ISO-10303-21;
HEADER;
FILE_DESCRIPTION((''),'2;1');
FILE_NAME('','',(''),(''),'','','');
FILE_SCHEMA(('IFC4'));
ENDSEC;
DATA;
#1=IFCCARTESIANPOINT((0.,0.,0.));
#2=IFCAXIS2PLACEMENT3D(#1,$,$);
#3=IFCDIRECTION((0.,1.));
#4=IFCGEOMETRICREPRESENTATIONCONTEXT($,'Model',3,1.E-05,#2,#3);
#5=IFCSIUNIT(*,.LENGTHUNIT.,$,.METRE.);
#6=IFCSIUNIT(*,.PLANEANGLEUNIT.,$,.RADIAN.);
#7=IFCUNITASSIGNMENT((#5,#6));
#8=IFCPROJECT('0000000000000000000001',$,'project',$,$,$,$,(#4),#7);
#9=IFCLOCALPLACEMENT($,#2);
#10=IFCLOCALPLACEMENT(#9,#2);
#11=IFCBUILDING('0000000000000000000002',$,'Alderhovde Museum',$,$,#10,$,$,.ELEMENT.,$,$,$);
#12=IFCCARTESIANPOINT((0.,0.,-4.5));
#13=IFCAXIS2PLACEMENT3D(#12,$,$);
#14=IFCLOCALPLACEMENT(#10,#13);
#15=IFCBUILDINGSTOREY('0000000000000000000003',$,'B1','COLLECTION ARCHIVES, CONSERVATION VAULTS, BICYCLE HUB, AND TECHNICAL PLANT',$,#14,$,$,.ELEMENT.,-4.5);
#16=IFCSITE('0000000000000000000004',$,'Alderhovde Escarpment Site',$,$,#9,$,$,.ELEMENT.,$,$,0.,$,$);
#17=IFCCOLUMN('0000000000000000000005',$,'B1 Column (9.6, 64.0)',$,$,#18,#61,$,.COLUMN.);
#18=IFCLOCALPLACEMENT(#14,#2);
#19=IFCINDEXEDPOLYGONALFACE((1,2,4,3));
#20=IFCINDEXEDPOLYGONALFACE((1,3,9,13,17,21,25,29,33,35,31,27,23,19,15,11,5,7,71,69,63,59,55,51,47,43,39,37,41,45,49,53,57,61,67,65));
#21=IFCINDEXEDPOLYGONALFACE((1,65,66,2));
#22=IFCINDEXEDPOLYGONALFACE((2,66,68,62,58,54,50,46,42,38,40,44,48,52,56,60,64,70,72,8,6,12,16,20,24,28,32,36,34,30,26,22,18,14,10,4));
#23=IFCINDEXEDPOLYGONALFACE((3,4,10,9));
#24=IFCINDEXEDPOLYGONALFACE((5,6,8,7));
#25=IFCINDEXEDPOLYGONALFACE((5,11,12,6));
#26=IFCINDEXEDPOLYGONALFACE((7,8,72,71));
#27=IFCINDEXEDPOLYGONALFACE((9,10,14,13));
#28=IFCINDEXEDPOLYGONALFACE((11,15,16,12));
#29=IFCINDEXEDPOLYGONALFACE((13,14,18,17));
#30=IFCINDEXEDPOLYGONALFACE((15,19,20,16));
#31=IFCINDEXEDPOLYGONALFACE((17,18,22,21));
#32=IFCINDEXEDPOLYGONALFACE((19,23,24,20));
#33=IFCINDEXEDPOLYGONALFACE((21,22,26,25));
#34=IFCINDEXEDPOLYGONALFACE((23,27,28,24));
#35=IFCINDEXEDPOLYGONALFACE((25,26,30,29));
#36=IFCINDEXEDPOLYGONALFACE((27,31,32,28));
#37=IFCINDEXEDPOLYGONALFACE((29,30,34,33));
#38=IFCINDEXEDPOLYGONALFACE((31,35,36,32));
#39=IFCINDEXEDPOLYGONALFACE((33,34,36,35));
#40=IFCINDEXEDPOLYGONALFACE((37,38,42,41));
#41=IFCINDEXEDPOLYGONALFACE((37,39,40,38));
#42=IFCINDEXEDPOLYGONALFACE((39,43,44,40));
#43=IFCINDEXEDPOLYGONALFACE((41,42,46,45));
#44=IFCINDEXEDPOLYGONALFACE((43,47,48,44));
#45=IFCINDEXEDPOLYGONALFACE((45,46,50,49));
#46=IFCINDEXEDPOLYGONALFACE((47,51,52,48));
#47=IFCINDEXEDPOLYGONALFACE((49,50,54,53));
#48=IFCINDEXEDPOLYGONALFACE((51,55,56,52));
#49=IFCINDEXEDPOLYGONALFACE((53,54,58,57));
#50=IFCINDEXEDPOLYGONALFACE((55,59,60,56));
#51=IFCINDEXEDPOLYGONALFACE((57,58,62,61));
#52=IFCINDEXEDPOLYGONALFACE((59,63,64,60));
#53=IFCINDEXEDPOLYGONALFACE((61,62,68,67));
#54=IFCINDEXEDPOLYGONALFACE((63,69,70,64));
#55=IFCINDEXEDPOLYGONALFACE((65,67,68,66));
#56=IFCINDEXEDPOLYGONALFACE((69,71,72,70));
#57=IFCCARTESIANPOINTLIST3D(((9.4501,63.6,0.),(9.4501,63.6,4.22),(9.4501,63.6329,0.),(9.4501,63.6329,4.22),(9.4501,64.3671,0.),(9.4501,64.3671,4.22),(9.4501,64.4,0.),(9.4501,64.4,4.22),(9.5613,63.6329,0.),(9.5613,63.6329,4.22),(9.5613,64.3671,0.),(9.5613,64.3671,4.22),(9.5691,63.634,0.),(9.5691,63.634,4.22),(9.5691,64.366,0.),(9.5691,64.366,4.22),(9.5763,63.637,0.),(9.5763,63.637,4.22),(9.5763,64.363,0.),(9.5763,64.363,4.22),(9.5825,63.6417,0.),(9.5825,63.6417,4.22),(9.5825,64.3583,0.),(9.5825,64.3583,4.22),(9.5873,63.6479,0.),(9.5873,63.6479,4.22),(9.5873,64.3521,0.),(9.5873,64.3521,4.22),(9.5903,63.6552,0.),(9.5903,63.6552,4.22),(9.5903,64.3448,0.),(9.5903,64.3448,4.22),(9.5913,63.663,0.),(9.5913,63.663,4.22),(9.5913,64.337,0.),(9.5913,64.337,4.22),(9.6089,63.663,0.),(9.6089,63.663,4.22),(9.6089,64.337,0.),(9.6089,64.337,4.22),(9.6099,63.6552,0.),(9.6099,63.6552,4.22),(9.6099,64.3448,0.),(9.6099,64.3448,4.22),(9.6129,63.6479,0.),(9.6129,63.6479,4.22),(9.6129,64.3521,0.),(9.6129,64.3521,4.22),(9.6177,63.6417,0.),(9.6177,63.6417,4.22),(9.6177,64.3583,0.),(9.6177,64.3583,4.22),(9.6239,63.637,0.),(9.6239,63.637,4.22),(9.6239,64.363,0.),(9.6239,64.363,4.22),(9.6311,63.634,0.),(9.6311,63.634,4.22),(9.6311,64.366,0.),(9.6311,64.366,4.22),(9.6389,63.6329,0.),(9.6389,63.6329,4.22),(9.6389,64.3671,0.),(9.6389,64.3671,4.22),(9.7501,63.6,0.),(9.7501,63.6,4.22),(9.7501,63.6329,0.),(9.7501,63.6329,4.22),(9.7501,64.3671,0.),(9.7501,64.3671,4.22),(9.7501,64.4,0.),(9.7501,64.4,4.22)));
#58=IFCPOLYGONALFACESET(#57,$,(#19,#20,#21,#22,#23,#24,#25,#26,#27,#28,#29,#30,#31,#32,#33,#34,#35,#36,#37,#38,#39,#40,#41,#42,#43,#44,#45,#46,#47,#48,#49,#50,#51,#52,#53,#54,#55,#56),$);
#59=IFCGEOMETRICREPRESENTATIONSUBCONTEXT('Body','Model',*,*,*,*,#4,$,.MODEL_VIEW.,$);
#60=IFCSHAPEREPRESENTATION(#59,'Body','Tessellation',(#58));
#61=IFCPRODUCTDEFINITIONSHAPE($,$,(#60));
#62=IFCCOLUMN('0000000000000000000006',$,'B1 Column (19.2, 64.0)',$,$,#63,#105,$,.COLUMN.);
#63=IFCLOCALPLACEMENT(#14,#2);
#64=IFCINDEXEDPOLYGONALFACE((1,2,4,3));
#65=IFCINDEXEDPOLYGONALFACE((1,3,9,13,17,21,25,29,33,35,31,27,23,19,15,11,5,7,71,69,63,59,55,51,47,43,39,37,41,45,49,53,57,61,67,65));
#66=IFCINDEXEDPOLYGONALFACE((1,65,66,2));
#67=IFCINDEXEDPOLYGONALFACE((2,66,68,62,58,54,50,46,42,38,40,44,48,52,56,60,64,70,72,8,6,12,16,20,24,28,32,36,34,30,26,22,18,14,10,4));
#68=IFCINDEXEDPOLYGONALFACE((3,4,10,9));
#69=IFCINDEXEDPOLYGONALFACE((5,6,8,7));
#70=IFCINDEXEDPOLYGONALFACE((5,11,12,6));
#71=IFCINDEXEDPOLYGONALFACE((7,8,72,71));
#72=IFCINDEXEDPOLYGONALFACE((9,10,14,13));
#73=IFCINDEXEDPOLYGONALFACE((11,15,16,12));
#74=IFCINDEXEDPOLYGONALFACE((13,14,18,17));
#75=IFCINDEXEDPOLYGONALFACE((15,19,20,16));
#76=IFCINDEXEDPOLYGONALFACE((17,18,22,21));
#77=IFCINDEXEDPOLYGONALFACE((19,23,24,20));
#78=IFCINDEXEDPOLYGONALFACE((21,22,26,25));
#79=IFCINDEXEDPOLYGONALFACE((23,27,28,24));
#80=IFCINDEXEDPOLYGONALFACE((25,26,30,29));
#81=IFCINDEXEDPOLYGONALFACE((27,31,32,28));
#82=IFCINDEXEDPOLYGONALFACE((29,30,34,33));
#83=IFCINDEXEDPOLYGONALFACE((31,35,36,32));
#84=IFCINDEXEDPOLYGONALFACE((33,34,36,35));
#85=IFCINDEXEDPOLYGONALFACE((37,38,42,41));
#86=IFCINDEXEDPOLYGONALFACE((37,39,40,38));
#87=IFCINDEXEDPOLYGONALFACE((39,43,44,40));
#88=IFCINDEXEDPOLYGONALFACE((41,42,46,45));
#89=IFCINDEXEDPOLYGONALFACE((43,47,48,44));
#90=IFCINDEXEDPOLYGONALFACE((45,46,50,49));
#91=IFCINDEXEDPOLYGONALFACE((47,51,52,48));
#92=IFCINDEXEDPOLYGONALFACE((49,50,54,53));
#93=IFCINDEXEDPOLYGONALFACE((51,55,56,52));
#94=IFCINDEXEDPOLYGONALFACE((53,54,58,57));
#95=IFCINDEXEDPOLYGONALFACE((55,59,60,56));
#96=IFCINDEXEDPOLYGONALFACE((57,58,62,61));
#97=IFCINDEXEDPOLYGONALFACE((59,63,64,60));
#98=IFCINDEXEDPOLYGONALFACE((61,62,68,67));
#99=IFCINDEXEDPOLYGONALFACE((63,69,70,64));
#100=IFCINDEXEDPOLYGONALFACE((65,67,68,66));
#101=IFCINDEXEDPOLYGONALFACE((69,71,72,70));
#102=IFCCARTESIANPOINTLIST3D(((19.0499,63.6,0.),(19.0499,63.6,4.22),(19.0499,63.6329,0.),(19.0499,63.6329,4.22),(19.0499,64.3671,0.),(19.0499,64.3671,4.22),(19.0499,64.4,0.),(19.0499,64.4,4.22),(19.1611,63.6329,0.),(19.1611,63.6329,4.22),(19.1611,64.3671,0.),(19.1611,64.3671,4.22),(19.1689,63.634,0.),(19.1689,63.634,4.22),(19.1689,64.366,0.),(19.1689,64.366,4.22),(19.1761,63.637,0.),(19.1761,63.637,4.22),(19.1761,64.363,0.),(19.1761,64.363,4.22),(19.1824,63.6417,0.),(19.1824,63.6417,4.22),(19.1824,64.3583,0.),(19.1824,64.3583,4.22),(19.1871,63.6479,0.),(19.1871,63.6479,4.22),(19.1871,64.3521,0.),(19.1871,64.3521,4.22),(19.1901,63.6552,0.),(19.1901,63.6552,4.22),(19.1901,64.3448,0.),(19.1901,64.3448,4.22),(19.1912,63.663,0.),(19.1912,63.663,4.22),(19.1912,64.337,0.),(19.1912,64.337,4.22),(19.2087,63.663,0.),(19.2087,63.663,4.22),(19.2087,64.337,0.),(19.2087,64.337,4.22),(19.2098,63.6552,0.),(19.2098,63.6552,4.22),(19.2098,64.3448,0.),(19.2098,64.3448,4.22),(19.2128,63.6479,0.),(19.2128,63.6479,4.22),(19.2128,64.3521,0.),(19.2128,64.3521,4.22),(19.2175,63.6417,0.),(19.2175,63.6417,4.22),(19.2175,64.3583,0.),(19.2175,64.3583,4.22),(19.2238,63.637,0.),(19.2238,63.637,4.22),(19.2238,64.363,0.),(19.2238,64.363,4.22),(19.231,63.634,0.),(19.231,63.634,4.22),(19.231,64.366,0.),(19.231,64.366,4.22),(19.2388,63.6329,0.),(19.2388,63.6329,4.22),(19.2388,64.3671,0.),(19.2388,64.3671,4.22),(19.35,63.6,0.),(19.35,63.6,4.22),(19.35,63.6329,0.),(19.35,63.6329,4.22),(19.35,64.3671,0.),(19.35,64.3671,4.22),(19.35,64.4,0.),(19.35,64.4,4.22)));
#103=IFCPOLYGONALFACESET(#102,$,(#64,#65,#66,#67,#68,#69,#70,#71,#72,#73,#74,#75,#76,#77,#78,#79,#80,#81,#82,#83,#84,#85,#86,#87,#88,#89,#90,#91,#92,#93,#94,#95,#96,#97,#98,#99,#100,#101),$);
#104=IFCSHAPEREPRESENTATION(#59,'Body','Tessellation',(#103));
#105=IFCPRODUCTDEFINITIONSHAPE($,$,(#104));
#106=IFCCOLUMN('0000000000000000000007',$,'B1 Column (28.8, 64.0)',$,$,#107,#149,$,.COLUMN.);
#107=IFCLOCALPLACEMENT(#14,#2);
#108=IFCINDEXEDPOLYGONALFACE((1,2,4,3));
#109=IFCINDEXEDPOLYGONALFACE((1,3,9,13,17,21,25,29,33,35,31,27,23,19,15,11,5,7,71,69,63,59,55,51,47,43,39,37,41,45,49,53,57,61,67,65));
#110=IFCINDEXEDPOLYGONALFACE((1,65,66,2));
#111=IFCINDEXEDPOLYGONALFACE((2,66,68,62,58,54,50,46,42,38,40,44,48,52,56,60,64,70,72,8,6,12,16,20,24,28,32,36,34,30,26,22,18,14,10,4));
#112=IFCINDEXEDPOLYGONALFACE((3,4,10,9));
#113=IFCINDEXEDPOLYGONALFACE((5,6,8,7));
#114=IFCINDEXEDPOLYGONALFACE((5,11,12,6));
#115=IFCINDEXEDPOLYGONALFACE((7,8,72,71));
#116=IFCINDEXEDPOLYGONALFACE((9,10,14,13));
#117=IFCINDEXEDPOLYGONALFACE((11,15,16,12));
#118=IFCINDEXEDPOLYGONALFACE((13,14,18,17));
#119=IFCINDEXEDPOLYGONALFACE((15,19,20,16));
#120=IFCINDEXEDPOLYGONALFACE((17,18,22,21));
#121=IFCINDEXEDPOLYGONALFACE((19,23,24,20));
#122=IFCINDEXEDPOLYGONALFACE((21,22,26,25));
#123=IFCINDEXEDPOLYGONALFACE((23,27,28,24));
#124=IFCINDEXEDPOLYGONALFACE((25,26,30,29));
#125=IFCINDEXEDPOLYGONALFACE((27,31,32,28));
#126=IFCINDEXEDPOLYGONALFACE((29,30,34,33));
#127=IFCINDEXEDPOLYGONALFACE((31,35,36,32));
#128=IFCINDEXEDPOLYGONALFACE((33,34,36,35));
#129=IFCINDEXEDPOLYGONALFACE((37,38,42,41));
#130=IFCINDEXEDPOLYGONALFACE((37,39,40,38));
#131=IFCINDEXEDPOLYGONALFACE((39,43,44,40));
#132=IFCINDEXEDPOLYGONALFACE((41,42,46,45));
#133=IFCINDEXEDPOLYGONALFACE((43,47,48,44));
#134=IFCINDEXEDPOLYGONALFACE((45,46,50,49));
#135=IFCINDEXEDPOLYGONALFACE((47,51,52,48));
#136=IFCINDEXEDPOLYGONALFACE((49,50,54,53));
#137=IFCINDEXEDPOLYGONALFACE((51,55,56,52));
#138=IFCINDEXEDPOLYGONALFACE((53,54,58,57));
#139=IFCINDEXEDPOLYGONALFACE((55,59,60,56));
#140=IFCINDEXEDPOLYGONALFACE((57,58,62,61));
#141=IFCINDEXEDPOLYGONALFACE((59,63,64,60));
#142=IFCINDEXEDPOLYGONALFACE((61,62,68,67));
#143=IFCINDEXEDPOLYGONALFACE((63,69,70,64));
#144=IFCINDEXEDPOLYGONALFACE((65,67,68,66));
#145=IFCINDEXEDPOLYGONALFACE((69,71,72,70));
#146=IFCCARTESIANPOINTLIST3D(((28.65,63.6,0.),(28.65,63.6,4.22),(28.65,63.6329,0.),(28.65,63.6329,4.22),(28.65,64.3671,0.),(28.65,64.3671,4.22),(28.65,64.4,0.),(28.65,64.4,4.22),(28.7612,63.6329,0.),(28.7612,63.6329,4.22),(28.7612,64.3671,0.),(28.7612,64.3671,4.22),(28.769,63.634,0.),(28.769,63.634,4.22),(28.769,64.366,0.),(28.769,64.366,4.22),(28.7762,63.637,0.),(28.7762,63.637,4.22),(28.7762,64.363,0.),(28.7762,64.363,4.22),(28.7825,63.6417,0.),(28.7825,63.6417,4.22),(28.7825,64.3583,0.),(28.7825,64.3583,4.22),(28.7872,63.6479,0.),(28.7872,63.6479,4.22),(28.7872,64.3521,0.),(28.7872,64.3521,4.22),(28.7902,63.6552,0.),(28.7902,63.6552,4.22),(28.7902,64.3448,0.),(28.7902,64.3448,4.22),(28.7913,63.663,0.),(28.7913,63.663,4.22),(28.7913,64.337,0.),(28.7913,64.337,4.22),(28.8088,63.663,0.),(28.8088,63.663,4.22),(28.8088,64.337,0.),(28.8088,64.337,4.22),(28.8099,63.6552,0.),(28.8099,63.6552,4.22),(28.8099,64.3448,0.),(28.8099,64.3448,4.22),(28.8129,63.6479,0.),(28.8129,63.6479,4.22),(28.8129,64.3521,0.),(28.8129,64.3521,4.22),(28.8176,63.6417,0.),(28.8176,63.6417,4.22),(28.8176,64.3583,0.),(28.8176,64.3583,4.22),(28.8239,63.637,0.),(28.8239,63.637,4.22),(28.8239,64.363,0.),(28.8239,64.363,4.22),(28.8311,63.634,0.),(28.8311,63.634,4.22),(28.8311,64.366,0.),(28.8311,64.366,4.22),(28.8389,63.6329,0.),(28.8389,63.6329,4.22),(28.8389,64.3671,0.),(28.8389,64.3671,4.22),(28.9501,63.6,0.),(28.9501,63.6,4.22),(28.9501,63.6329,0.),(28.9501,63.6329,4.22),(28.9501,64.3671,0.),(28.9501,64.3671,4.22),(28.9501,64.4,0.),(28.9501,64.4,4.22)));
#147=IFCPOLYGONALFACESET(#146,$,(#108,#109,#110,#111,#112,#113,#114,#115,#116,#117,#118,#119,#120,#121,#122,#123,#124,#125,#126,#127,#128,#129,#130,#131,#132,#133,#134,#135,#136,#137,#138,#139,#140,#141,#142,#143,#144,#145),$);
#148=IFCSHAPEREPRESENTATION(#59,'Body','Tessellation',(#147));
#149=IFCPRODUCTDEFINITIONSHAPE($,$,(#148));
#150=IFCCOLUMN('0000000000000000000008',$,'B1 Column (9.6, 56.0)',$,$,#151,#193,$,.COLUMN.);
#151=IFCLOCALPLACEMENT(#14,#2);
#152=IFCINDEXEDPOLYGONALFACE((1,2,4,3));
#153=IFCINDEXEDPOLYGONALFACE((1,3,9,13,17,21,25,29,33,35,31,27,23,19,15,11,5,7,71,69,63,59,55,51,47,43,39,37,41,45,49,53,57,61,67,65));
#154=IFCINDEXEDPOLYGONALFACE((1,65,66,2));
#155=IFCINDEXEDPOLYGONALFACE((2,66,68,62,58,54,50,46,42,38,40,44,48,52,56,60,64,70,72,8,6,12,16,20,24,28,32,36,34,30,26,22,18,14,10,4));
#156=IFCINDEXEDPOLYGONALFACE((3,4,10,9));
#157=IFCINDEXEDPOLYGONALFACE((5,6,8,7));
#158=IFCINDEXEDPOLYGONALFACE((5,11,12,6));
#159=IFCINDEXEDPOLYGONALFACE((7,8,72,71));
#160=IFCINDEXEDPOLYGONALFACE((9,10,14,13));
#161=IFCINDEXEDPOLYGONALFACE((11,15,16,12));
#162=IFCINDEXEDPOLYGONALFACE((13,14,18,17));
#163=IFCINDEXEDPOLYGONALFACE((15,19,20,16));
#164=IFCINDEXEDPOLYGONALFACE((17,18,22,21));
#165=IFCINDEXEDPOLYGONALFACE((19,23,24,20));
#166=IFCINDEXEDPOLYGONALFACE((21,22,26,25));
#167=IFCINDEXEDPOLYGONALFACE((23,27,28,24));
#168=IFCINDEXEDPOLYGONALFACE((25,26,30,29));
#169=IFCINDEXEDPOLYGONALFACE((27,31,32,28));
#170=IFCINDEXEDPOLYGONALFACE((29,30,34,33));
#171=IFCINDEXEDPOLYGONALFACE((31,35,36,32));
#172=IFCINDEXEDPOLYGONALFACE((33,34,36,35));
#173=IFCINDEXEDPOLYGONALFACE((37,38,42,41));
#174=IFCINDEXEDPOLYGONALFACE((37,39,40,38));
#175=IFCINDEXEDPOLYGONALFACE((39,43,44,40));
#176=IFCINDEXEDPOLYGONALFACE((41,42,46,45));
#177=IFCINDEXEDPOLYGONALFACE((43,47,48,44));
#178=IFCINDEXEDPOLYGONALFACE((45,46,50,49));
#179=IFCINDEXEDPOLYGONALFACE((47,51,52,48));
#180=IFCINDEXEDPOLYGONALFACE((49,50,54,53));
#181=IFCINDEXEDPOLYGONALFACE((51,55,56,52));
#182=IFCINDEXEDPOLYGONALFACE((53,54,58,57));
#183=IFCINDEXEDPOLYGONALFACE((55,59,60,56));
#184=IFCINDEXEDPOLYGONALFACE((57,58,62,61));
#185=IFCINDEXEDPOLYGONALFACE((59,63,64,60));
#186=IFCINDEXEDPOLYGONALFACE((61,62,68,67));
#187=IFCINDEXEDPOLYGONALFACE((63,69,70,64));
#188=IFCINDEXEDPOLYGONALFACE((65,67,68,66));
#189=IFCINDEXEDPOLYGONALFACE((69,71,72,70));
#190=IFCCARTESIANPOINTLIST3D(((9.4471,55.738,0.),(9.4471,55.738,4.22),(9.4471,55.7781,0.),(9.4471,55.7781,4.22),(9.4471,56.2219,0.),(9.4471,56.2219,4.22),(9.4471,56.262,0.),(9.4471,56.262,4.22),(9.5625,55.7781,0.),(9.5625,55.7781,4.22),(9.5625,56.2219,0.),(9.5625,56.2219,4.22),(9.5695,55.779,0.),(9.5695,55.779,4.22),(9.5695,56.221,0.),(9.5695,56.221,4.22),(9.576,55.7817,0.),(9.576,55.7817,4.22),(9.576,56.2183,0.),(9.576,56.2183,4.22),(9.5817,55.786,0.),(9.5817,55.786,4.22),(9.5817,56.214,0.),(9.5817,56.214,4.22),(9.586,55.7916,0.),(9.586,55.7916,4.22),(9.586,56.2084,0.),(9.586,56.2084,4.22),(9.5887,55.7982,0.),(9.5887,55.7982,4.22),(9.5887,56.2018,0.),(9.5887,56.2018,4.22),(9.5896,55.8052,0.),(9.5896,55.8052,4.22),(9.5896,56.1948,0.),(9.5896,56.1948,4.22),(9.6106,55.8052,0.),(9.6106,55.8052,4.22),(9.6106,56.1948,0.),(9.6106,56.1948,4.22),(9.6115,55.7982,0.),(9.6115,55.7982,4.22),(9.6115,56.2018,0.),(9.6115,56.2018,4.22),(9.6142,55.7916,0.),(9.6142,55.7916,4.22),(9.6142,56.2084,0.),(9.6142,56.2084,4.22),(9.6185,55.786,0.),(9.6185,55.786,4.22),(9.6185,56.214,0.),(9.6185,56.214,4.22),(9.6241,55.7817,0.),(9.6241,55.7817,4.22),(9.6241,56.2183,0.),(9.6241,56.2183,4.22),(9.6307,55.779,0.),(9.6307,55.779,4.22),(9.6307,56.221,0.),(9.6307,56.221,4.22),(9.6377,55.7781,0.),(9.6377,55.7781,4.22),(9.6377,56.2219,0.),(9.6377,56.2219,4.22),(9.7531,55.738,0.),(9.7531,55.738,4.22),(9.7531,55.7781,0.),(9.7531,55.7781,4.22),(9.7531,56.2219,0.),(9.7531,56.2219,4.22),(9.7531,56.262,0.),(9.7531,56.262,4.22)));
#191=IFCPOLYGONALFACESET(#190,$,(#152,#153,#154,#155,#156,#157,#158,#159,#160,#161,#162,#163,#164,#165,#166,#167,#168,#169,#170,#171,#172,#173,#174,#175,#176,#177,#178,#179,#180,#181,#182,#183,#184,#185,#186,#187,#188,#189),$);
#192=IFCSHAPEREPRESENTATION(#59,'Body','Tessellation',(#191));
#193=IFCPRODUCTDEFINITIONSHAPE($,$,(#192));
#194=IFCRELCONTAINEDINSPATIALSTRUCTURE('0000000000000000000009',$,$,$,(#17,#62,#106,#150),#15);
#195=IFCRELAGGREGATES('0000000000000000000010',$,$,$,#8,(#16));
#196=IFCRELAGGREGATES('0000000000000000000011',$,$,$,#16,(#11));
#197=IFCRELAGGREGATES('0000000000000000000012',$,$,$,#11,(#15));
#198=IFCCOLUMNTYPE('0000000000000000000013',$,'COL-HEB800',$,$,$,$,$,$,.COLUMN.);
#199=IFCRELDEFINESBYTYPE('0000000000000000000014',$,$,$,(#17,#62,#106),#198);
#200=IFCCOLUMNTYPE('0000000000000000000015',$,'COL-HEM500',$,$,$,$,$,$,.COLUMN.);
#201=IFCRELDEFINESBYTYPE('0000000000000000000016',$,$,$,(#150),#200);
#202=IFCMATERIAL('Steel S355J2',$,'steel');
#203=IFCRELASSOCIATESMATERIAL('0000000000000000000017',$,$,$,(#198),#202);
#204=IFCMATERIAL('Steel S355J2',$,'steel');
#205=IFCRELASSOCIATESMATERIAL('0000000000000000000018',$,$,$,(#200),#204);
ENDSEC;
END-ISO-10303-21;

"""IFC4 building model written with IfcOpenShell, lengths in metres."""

from ifc_helpers import new_model, si_unit, direction, frame, origin, origin_2d, place, context, subcontext, project, spatial, i_section, extrude, material, material_profile, profile_set, type_object, element, save


model = new_model("IFC4")

# Units and contexts
model_context = context("Model", 3, precision=1e-05, world=origin(), true_north=direction((0.0, 1.0)))
body_context = subcontext(model_context, "Body", "Model", "MODEL_VIEW")
ifc_project = project(units=[si_unit("LENGTHUNIT", "METRE"), si_unit("PLANEANGLEUNIT", "RADIAN")], contexts=[model_context])

# Site, building, storey
site_placement = place(None, origin())
site = spatial("IfcSite", under=ifc_project, at=site_placement, Name="Alderhovde Escarpment Site", CompositionType="ELEMENT", RefElevation=0.0)
building_placement = place(site_placement, origin())
building = spatial("IfcBuilding", under=site, at=building_placement, Name="Alderhovde Museum", CompositionType="ELEMENT")
storey_placement = place(building_placement, frame((0.0, 0.0, -4.5)))
storey = spatial("IfcBuildingStorey", under=building, at=storey_placement, Name="B1", Description="COLLECTION ARCHIVES, CONSERVATION VAULTS, BICYCLE HUB, AND TECHNICAL PLANT", CompositionType="ELEMENT", Elevation=-4.5)

# Columns
ifc_material_1 = material(Name="Steel S355J2", Category="steel")
ifc_material_profile_1 = material_profile(ifc_material_1, i_section(OverallWidth=0.3, OverallDepth=0.8, WebThickness=0.0176, FlangeThickness=0.033, FilletRadius=0.03, at=origin_2d()), Name="HEB 800")
ifc_profile_set_1 = profile_set([ifc_material_profile_1], Name="Steel S355J2")
column_type_1 = type_object("IfcColumnType", Name="COL-HEB800", PredefinedType="COLUMN", material=ifc_profile_set_1)
for number, where, z_axis, x_axis, name in (
    (1, (9.6001, 64.0, 0.0), (0.0, 0.0, 1.0), (1.0, 0.0, 0.0), "B1 Column (9.6, 64.0)"),
    (2, (19.2, 64.0, 0.0), (0.0, 0.0, 1.0), (1.0, 0.0, 0.0), "B1 Column (19.2, 64.0)"),
    (3, (28.8, 64.0, 0.0), (0.0, 0.0, 1.0), (1.0, 0.0, 0.0), "B1 Column (28.8, 64.0)"),
):
    element("IfcColumn", number, at=place(storey_placement, frame(where, z_axis=z_axis, x_axis=x_axis)), inside=storey, type_object=column_type_1, Name=name, PredefinedType="COLUMN", context=body_context, shape_type="SweptSolid", body=[
        extrude(i_section(OverallWidth=0.3, OverallDepth=0.8, WebThickness=0.0176, FlangeThickness=0.033, FilletRadius=0.03, at=origin_2d()), origin(), (0.0, 0.0, 1.0), 4.22),
    ])
ifc_material_2 = material(Name="Steel S355J2", Category="steel")
ifc_material_profile_2 = material_profile(ifc_material_2, i_section(OverallWidth=0.3059, OverallDepth=0.5239, WebThickness=0.021, FlangeThickness=0.04, FilletRadius=0.0271, at=origin_2d()), Name="HEM 500")
ifc_profile_set_2 = profile_set([ifc_material_profile_2], Name="Steel S355J2")
column_type_2 = type_object("IfcColumnType", Name="COL-HEM500", PredefinedType="COLUMN", material=ifc_profile_set_2)
for number, where, z_axis, x_axis, name in (
    (4, (9.6001, 56.0, 0.0), (0.0, 0.0, 1.0), (1.0, 0.0, 0.0), "B1 Column (9.6, 56.0)"),
):
    element("IfcColumn", number, at=place(storey_placement, frame(where, z_axis=z_axis, x_axis=x_axis)), inside=storey, type_object=column_type_2, Name=name, PredefinedType="COLUMN", context=body_context, shape_type="SweptSolid", body=[
        extrude(i_section(OverallWidth=0.3059, OverallDepth=0.5239, WebThickness=0.021, FlangeThickness=0.04, FilletRadius=0.0271, at=origin_2d()), origin(), (0.0, 0.0, 1.0), 4.22),
    ])

save(model, "model.ifc")
